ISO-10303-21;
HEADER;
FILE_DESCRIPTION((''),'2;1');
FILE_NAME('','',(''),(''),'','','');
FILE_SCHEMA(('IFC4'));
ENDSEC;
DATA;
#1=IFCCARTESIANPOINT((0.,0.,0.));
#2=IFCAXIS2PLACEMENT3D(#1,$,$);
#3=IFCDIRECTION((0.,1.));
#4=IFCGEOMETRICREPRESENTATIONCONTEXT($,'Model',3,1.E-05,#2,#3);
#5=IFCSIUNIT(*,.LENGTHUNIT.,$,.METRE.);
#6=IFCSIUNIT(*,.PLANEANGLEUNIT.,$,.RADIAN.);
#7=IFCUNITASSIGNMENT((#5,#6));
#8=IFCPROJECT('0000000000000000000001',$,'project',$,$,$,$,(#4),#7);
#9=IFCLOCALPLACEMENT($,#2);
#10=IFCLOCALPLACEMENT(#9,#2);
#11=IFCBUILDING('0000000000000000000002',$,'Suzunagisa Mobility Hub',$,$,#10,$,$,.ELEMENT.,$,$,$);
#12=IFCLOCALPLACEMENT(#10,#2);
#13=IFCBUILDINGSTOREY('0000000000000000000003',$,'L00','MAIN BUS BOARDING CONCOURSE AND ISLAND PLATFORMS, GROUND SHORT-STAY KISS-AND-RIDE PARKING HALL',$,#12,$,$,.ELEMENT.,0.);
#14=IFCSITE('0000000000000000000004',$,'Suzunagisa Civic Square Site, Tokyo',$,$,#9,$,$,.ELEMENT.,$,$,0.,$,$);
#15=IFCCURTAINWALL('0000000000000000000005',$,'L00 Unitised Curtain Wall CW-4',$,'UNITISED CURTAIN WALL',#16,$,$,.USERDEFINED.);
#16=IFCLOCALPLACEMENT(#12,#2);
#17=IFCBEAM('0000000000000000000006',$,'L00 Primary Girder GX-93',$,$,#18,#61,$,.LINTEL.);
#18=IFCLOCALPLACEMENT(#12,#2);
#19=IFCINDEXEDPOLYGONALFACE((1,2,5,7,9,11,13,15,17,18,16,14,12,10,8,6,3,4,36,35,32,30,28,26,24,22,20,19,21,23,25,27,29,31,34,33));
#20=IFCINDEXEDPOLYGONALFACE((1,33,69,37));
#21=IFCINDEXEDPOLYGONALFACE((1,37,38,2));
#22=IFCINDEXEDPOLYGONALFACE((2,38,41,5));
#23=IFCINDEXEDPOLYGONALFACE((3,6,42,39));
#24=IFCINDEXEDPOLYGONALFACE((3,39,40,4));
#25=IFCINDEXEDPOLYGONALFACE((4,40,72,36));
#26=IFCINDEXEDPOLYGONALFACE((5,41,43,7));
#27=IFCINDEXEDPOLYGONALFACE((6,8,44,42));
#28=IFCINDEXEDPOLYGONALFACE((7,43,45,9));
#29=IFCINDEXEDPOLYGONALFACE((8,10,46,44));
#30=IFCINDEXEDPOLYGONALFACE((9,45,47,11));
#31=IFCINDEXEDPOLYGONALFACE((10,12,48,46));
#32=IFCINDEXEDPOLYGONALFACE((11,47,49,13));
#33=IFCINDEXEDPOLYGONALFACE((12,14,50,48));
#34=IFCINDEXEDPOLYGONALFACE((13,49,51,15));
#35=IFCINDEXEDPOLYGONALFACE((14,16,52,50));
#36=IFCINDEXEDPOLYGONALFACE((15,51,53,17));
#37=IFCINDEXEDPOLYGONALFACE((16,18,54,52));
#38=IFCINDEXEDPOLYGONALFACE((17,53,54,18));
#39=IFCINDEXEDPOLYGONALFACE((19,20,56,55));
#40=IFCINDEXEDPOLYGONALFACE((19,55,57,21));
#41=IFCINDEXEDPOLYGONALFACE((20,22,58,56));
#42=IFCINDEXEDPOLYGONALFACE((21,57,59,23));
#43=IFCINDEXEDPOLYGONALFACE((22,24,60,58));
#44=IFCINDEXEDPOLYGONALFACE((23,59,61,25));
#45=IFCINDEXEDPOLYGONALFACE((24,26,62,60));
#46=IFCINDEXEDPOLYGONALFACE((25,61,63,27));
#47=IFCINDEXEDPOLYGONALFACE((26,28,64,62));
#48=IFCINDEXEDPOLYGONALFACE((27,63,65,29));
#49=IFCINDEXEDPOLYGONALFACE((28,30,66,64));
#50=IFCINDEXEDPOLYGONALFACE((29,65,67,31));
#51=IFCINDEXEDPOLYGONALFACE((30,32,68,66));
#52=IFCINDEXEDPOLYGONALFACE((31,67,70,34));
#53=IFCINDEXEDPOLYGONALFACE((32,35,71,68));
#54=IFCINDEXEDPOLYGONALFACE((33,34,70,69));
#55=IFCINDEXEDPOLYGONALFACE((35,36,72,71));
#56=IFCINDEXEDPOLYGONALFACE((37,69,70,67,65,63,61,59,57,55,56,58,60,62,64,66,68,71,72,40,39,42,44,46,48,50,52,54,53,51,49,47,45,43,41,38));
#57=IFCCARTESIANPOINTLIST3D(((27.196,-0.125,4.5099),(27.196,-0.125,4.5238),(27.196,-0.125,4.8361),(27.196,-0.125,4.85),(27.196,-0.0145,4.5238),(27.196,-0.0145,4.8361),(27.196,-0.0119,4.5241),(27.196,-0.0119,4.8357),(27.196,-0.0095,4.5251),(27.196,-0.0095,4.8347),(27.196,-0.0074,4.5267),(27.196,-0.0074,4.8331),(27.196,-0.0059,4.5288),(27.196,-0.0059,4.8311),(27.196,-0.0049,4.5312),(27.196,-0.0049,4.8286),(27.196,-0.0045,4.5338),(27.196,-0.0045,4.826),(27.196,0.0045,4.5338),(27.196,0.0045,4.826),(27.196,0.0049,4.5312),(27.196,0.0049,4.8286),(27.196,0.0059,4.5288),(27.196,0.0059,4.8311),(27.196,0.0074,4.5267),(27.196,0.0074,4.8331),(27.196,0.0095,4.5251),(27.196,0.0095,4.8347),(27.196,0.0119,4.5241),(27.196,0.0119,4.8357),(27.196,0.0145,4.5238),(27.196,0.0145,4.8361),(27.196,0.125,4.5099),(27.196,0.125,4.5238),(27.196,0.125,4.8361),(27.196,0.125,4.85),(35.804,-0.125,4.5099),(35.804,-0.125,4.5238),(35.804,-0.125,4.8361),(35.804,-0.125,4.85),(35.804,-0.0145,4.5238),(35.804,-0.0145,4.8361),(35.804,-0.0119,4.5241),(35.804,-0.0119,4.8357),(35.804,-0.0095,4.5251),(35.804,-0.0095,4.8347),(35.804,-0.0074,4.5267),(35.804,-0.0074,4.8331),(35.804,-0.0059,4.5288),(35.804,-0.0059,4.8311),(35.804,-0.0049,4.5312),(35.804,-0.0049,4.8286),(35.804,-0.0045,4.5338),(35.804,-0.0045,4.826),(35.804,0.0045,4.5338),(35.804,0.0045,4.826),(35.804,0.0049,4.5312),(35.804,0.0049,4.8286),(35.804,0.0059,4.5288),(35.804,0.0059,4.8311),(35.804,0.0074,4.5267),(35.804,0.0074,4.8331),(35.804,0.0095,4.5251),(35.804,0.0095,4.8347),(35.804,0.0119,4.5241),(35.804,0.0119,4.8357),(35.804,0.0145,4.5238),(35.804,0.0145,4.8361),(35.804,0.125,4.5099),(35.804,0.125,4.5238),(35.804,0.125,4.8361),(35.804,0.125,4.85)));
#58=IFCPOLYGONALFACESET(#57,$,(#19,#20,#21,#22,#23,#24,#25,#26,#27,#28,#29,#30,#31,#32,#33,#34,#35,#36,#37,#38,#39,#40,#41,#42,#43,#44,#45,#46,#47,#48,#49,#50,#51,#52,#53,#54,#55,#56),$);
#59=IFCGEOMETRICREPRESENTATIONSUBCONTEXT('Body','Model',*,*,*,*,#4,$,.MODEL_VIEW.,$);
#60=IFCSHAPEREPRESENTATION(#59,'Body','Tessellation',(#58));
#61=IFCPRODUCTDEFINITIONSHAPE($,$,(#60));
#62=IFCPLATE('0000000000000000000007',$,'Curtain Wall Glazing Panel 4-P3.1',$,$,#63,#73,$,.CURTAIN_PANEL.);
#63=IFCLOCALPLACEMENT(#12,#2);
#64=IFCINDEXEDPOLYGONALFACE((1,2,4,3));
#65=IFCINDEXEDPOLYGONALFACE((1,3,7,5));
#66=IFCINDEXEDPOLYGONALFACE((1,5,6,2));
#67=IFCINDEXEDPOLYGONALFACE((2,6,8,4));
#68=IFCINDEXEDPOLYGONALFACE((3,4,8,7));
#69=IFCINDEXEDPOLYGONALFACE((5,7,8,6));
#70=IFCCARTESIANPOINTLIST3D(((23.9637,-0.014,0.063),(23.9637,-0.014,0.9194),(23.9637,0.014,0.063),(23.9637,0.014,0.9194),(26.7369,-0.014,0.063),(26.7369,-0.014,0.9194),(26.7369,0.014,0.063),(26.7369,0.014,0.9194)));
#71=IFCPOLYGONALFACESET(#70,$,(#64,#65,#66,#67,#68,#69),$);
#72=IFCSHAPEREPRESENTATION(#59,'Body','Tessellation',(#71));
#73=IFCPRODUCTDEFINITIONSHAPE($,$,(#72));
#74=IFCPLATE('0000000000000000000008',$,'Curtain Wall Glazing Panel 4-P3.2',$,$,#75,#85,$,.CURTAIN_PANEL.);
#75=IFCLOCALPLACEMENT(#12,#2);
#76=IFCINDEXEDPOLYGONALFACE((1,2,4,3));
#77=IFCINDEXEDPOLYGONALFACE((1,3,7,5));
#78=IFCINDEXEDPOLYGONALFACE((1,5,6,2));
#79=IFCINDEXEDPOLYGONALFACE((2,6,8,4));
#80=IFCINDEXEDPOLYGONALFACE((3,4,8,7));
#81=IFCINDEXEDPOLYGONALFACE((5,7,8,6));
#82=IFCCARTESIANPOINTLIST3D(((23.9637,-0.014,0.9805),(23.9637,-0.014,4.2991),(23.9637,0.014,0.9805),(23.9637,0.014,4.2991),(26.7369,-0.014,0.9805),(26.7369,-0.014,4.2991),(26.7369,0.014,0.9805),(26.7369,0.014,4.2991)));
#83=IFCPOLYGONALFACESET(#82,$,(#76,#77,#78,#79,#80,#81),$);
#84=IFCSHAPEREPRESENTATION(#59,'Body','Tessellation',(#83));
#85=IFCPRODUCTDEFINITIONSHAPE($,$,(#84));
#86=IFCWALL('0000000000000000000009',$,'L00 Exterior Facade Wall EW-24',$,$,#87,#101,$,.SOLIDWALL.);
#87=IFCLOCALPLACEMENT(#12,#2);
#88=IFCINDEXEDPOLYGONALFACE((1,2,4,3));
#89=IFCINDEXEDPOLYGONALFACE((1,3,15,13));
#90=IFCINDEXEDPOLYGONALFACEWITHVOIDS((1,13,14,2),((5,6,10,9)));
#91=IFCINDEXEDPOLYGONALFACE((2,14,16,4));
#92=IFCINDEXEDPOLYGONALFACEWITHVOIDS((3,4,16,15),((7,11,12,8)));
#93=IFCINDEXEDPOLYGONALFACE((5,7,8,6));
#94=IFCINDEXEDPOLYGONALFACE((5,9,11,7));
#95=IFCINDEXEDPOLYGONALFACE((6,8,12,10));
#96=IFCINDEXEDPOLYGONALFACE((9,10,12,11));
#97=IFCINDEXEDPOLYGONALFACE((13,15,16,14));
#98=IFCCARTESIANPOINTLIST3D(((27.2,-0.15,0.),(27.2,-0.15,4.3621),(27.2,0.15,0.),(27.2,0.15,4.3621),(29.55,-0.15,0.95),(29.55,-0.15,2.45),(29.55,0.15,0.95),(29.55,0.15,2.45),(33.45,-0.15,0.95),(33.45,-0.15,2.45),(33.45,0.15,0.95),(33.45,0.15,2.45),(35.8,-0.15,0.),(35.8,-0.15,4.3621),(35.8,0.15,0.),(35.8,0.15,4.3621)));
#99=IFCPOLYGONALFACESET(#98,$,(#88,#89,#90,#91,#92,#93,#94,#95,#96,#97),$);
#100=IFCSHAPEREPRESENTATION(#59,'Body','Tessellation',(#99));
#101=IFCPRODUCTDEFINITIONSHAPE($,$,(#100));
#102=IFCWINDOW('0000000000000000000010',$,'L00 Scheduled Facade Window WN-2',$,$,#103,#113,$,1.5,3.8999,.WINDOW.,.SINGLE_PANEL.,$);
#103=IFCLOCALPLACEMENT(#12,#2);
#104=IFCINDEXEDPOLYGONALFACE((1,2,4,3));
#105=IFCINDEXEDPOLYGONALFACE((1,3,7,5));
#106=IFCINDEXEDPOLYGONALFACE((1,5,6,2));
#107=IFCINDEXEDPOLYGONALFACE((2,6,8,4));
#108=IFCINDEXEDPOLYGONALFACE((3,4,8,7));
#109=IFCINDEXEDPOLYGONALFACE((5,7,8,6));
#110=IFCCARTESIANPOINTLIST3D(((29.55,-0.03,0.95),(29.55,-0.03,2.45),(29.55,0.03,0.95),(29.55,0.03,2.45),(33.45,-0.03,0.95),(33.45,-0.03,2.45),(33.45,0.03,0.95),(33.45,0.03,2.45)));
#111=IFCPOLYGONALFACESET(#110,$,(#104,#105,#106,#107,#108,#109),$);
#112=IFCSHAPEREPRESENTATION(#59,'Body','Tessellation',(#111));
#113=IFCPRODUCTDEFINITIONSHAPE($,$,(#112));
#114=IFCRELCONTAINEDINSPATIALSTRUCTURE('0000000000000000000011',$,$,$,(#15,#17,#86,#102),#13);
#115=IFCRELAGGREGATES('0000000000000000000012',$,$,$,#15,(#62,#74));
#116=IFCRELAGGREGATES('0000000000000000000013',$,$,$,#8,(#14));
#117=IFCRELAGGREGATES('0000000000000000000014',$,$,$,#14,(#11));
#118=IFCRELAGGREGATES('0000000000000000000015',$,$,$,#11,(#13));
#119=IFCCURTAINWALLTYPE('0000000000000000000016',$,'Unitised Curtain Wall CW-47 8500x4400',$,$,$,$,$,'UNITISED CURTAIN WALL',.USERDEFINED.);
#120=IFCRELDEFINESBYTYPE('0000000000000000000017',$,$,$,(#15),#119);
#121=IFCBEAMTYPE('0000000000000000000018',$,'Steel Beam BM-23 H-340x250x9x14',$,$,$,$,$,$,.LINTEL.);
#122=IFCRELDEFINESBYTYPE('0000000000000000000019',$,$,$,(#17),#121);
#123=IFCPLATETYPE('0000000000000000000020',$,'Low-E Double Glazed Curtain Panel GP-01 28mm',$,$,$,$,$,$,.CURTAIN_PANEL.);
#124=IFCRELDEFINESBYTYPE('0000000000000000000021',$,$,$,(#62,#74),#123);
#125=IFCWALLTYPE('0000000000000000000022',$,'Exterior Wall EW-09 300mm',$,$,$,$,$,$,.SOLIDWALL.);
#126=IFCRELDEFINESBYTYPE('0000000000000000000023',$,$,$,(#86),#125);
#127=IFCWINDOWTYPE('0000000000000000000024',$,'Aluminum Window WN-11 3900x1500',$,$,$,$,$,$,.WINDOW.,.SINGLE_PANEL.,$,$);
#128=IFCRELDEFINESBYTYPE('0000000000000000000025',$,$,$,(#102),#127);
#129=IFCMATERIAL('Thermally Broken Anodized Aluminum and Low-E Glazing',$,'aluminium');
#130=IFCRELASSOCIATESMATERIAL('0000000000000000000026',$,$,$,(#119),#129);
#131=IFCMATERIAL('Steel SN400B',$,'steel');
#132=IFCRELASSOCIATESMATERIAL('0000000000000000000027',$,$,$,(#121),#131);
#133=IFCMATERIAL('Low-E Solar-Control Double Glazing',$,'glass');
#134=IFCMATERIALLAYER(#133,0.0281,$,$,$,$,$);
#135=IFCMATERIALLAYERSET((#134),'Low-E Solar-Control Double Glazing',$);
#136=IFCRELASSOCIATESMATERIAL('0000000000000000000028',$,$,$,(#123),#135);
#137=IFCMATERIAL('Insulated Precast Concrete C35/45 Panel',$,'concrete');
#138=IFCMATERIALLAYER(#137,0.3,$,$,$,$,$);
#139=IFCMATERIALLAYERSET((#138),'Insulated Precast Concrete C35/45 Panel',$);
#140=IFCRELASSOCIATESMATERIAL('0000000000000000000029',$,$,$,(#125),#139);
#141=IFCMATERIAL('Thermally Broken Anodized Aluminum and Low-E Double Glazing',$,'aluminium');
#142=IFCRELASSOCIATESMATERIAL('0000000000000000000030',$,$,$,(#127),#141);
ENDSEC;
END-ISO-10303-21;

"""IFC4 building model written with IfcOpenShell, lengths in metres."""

from ifc_helpers import new_model, si_unit, direction, frame, frame_2d, origin, origin_2d, place, context, subcontext, project, spatial, rectangle, i_section, extrude, material, layer, layer_set, material_profile, profile_set, type_object, element, fill, aggregate, save


model = new_model("IFC4")

# Units and contexts
model_context = context("Model", 3, precision=1e-05, world=origin(), true_north=direction((0.0, 1.0)))
body_context = subcontext(model_context, "Body", "Model", "MODEL_VIEW")
ifc_project = project(units=[si_unit("LENGTHUNIT", "METRE"), si_unit("PLANEANGLEUNIT", "RADIAN")], contexts=[model_context])

# Site, building, storey
site_placement = place(None, origin())
site = spatial("IfcSite", under=ifc_project, at=site_placement, Name="Suzunagisa Civic Square Site, Tokyo", CompositionType="ELEMENT", RefElevation=0.0)
building_placement = place(site_placement, origin())
building = spatial("IfcBuilding", under=site, at=building_placement, Name="Suzunagisa Mobility Hub", CompositionType="ELEMENT")
storey_placement = place(building_placement, origin())
storey = spatial("IfcBuildingStorey", under=building, at=storey_placement, Name="L00", Description="MAIN BUS BOARDING CONCOURSE AND ISLAND PLATFORMS, GROUND SHORT-STAY KISS-AND-RIDE PARKING HALL", CompositionType="ELEMENT", Elevation=0.0)

# Curtain wall
ifc_material_1 = material(Name="Thermally Broken Anodized Aluminum and Low-E Glazing", Category="aluminium")
curtain_wall_type = type_object("IfcCurtainWallType", Name="Unitised Curtain Wall CW-47 8500x4400", ElementType="UNITISED CURTAIN WALL", PredefinedType="USERDEFINED", material=ifc_material_1)
curtain_wall_placement = place(storey_placement, origin())
curtain_wall = element("IfcCurtainWall", 1, at=curtain_wall_placement, inside=storey, type_object=curtain_wall_type, Name="L00 Unitised Curtain Wall CW-4", ObjectType="UNITISED CURTAIN WALL", PredefinedType="USERDEFINED")

# Beam
ifc_material_2 = material(Name="Steel SN400B", Category="steel")
ifc_material_profile_1 = material_profile(ifc_material_2, i_section(OverallWidth=0.25, OverallDepth=0.3401, WebThickness=0.009, FlangeThickness=0.0139, FilletRadius=0.01, at=origin_2d()), Name="H-340x250x9x14")
ifc_profile_set_1 = profile_set([ifc_material_profile_1], Name="Steel SN400B")
beam_type_1 = type_object("IfcBeamType", Name="Steel Beam BM-23 H-340x250x9x14", PredefinedType="LINTEL", material=ifc_profile_set_1)
beam_1_placement = place(storey_placement, frame((27.196, 0.0, 4.6799), z_axis=(1.0, 0.0, 0.0), x_axis=(0.0, 1.0, 0.0)))
element("IfcBeam", 2, at=beam_1_placement, inside=storey, type_object=beam_type_1, Name="L00 Primary Girder GX-93", PredefinedType="LINTEL", context=body_context, shape_type="SweptSolid", body=[
    extrude(i_section(OverallWidth=0.25, OverallDepth=0.3401, WebThickness=0.009, FlangeThickness=0.0139, FilletRadius=0.01, at=origin_2d()), origin(), (0.0, 0.0, 1.0), 8.6079),
])

# Plates
ifc_material_3 = material(Name="Low-E Solar-Control Double Glazing", Category="glass")
ifc_layer_1 = layer(ifc_material_3, 0.0281)
ifc_layer_set_1 = layer_set([ifc_layer_1], Name="Low-E Solar-Control Double Glazing")
plate_type = type_object("IfcPlateType", Name="Low-E Double Glazed Curtain Panel GP-01 28mm", PredefinedType="CURTAIN_PANEL", material=ifc_layer_set_1)
plate_1_placement = place(storey_placement, frame((25.3503, 0.0, 0.063), z_axis=(0.0, 0.0, 1.0), x_axis=(1.0, 0.0, 0.0)))
plate_1 = element("IfcPlate", 3, at=plate_1_placement, type_object=plate_type, Name="Curtain Wall Glazing Panel 4-P3.1", PredefinedType="CURTAIN_PANEL", context=body_context, shape_type="SweptSolid", body=[
    extrude(rectangle(XDim=2.7732, YDim=0.0281, at=origin_2d()), origin(), (0.0, 0.0, 1.0), 0.8564),
])
plate_2_placement = place(storey_placement, frame((25.3503, 0.0, 0.9805), z_axis=(0.0, 0.0, 1.0), x_axis=(1.0, 0.0, 0.0)))
plate_2 = element("IfcPlate", 4, at=plate_2_placement, type_object=plate_type, Name="Curtain Wall Glazing Panel 4-P3.2", PredefinedType="CURTAIN_PANEL", context=body_context, shape_type="SweptSolid", body=[
    extrude(rectangle(XDim=2.7732, YDim=0.0281, at=origin_2d()), origin(), (0.0, 0.0, 1.0), 3.3186),
])
aggregate(curtain_wall, [plate_1, plate_2])

# Wall, opening, window
ifc_material_4 = material(Name="Insulated Precast Concrete C35/45 Panel", Category="concrete")
ifc_layer_2 = layer(ifc_material_4, 0.3)
ifc_layer_set_2 = layer_set([ifc_layer_2], Name="Insulated Precast Concrete C35/45 Panel")
wall_type = type_object("IfcWallType", Name="Exterior Wall EW-09 300mm", PredefinedType="SOLIDWALL", material=ifc_layer_set_2)
wall_1_placement = place(storey_placement, frame((27.2, 0.0, 0.0), z_axis=(0.0, 0.0, 1.0), x_axis=(1.0, 0.0, 0.0)))
wall_1 = element("IfcWall", 5, at=wall_1_placement, inside=storey, type_object=wall_type, Name="L00 Exterior Facade Wall EW-24", PredefinedType="SOLIDWALL", context=body_context, shape_type="SweptSolid", body=[
    extrude(rectangle(XDim=8.6001, YDim=0.3, at=frame_2d((4.3, 0.0))), origin(), (0.0, 0.0, 1.0), 4.3621),
])
opening_1_placement = place(wall_1_placement, frame((2.3501, 0.0, 0.95)))
opening_1 = element("IfcOpeningElement", 6, at=opening_1_placement, cuts=wall_1, PredefinedType="OPENING", context=body_context, shape_type="SweptSolid", body=[
    extrude(rectangle(XDim=3.8999, YDim=1.5, at=frame_2d((1.95, 0.75))), frame((0.0, 0.1611, 0.0), z_axis=(0.0, -1.0, 0.0), x_axis=(1.0, 0.0, 0.0)), (0.0, 0.0, 1.0), 0.322),
])
ifc_material_5 = material(Name="Thermally Broken Anodized Aluminum and Low-E Double Glazing", Category="aluminium")
window_type = type_object("IfcWindowType", Name="Aluminum Window WN-11 3900x1500", PartitioningType="SINGLE_PANEL", PredefinedType="WINDOW", material=ifc_material_5)
window_placement = place(opening_1_placement, origin())
window = element("IfcWindow", 7, at=window_placement, inside=storey, type_object=window_type, Name="L00 Scheduled Facade Window WN-2", OverallHeight=1.5, OverallWidth=3.8999, PartitioningType="SINGLE_PANEL", PredefinedType="WINDOW", context=body_context, shape_type="SweptSolid", body=[
    extrude(rectangle(XDim=3.8999, YDim=1.5, at=frame_2d((1.95, 0.75))), frame((0.0, 0.03, 0.0), z_axis=(0.0, -1.0, 0.0), x_axis=(1.0, 0.0, 0.0)), (0.0, 0.0, 1.0), 0.0601),
])
fill(opening_1, window)

save(model, "model.ifc")
